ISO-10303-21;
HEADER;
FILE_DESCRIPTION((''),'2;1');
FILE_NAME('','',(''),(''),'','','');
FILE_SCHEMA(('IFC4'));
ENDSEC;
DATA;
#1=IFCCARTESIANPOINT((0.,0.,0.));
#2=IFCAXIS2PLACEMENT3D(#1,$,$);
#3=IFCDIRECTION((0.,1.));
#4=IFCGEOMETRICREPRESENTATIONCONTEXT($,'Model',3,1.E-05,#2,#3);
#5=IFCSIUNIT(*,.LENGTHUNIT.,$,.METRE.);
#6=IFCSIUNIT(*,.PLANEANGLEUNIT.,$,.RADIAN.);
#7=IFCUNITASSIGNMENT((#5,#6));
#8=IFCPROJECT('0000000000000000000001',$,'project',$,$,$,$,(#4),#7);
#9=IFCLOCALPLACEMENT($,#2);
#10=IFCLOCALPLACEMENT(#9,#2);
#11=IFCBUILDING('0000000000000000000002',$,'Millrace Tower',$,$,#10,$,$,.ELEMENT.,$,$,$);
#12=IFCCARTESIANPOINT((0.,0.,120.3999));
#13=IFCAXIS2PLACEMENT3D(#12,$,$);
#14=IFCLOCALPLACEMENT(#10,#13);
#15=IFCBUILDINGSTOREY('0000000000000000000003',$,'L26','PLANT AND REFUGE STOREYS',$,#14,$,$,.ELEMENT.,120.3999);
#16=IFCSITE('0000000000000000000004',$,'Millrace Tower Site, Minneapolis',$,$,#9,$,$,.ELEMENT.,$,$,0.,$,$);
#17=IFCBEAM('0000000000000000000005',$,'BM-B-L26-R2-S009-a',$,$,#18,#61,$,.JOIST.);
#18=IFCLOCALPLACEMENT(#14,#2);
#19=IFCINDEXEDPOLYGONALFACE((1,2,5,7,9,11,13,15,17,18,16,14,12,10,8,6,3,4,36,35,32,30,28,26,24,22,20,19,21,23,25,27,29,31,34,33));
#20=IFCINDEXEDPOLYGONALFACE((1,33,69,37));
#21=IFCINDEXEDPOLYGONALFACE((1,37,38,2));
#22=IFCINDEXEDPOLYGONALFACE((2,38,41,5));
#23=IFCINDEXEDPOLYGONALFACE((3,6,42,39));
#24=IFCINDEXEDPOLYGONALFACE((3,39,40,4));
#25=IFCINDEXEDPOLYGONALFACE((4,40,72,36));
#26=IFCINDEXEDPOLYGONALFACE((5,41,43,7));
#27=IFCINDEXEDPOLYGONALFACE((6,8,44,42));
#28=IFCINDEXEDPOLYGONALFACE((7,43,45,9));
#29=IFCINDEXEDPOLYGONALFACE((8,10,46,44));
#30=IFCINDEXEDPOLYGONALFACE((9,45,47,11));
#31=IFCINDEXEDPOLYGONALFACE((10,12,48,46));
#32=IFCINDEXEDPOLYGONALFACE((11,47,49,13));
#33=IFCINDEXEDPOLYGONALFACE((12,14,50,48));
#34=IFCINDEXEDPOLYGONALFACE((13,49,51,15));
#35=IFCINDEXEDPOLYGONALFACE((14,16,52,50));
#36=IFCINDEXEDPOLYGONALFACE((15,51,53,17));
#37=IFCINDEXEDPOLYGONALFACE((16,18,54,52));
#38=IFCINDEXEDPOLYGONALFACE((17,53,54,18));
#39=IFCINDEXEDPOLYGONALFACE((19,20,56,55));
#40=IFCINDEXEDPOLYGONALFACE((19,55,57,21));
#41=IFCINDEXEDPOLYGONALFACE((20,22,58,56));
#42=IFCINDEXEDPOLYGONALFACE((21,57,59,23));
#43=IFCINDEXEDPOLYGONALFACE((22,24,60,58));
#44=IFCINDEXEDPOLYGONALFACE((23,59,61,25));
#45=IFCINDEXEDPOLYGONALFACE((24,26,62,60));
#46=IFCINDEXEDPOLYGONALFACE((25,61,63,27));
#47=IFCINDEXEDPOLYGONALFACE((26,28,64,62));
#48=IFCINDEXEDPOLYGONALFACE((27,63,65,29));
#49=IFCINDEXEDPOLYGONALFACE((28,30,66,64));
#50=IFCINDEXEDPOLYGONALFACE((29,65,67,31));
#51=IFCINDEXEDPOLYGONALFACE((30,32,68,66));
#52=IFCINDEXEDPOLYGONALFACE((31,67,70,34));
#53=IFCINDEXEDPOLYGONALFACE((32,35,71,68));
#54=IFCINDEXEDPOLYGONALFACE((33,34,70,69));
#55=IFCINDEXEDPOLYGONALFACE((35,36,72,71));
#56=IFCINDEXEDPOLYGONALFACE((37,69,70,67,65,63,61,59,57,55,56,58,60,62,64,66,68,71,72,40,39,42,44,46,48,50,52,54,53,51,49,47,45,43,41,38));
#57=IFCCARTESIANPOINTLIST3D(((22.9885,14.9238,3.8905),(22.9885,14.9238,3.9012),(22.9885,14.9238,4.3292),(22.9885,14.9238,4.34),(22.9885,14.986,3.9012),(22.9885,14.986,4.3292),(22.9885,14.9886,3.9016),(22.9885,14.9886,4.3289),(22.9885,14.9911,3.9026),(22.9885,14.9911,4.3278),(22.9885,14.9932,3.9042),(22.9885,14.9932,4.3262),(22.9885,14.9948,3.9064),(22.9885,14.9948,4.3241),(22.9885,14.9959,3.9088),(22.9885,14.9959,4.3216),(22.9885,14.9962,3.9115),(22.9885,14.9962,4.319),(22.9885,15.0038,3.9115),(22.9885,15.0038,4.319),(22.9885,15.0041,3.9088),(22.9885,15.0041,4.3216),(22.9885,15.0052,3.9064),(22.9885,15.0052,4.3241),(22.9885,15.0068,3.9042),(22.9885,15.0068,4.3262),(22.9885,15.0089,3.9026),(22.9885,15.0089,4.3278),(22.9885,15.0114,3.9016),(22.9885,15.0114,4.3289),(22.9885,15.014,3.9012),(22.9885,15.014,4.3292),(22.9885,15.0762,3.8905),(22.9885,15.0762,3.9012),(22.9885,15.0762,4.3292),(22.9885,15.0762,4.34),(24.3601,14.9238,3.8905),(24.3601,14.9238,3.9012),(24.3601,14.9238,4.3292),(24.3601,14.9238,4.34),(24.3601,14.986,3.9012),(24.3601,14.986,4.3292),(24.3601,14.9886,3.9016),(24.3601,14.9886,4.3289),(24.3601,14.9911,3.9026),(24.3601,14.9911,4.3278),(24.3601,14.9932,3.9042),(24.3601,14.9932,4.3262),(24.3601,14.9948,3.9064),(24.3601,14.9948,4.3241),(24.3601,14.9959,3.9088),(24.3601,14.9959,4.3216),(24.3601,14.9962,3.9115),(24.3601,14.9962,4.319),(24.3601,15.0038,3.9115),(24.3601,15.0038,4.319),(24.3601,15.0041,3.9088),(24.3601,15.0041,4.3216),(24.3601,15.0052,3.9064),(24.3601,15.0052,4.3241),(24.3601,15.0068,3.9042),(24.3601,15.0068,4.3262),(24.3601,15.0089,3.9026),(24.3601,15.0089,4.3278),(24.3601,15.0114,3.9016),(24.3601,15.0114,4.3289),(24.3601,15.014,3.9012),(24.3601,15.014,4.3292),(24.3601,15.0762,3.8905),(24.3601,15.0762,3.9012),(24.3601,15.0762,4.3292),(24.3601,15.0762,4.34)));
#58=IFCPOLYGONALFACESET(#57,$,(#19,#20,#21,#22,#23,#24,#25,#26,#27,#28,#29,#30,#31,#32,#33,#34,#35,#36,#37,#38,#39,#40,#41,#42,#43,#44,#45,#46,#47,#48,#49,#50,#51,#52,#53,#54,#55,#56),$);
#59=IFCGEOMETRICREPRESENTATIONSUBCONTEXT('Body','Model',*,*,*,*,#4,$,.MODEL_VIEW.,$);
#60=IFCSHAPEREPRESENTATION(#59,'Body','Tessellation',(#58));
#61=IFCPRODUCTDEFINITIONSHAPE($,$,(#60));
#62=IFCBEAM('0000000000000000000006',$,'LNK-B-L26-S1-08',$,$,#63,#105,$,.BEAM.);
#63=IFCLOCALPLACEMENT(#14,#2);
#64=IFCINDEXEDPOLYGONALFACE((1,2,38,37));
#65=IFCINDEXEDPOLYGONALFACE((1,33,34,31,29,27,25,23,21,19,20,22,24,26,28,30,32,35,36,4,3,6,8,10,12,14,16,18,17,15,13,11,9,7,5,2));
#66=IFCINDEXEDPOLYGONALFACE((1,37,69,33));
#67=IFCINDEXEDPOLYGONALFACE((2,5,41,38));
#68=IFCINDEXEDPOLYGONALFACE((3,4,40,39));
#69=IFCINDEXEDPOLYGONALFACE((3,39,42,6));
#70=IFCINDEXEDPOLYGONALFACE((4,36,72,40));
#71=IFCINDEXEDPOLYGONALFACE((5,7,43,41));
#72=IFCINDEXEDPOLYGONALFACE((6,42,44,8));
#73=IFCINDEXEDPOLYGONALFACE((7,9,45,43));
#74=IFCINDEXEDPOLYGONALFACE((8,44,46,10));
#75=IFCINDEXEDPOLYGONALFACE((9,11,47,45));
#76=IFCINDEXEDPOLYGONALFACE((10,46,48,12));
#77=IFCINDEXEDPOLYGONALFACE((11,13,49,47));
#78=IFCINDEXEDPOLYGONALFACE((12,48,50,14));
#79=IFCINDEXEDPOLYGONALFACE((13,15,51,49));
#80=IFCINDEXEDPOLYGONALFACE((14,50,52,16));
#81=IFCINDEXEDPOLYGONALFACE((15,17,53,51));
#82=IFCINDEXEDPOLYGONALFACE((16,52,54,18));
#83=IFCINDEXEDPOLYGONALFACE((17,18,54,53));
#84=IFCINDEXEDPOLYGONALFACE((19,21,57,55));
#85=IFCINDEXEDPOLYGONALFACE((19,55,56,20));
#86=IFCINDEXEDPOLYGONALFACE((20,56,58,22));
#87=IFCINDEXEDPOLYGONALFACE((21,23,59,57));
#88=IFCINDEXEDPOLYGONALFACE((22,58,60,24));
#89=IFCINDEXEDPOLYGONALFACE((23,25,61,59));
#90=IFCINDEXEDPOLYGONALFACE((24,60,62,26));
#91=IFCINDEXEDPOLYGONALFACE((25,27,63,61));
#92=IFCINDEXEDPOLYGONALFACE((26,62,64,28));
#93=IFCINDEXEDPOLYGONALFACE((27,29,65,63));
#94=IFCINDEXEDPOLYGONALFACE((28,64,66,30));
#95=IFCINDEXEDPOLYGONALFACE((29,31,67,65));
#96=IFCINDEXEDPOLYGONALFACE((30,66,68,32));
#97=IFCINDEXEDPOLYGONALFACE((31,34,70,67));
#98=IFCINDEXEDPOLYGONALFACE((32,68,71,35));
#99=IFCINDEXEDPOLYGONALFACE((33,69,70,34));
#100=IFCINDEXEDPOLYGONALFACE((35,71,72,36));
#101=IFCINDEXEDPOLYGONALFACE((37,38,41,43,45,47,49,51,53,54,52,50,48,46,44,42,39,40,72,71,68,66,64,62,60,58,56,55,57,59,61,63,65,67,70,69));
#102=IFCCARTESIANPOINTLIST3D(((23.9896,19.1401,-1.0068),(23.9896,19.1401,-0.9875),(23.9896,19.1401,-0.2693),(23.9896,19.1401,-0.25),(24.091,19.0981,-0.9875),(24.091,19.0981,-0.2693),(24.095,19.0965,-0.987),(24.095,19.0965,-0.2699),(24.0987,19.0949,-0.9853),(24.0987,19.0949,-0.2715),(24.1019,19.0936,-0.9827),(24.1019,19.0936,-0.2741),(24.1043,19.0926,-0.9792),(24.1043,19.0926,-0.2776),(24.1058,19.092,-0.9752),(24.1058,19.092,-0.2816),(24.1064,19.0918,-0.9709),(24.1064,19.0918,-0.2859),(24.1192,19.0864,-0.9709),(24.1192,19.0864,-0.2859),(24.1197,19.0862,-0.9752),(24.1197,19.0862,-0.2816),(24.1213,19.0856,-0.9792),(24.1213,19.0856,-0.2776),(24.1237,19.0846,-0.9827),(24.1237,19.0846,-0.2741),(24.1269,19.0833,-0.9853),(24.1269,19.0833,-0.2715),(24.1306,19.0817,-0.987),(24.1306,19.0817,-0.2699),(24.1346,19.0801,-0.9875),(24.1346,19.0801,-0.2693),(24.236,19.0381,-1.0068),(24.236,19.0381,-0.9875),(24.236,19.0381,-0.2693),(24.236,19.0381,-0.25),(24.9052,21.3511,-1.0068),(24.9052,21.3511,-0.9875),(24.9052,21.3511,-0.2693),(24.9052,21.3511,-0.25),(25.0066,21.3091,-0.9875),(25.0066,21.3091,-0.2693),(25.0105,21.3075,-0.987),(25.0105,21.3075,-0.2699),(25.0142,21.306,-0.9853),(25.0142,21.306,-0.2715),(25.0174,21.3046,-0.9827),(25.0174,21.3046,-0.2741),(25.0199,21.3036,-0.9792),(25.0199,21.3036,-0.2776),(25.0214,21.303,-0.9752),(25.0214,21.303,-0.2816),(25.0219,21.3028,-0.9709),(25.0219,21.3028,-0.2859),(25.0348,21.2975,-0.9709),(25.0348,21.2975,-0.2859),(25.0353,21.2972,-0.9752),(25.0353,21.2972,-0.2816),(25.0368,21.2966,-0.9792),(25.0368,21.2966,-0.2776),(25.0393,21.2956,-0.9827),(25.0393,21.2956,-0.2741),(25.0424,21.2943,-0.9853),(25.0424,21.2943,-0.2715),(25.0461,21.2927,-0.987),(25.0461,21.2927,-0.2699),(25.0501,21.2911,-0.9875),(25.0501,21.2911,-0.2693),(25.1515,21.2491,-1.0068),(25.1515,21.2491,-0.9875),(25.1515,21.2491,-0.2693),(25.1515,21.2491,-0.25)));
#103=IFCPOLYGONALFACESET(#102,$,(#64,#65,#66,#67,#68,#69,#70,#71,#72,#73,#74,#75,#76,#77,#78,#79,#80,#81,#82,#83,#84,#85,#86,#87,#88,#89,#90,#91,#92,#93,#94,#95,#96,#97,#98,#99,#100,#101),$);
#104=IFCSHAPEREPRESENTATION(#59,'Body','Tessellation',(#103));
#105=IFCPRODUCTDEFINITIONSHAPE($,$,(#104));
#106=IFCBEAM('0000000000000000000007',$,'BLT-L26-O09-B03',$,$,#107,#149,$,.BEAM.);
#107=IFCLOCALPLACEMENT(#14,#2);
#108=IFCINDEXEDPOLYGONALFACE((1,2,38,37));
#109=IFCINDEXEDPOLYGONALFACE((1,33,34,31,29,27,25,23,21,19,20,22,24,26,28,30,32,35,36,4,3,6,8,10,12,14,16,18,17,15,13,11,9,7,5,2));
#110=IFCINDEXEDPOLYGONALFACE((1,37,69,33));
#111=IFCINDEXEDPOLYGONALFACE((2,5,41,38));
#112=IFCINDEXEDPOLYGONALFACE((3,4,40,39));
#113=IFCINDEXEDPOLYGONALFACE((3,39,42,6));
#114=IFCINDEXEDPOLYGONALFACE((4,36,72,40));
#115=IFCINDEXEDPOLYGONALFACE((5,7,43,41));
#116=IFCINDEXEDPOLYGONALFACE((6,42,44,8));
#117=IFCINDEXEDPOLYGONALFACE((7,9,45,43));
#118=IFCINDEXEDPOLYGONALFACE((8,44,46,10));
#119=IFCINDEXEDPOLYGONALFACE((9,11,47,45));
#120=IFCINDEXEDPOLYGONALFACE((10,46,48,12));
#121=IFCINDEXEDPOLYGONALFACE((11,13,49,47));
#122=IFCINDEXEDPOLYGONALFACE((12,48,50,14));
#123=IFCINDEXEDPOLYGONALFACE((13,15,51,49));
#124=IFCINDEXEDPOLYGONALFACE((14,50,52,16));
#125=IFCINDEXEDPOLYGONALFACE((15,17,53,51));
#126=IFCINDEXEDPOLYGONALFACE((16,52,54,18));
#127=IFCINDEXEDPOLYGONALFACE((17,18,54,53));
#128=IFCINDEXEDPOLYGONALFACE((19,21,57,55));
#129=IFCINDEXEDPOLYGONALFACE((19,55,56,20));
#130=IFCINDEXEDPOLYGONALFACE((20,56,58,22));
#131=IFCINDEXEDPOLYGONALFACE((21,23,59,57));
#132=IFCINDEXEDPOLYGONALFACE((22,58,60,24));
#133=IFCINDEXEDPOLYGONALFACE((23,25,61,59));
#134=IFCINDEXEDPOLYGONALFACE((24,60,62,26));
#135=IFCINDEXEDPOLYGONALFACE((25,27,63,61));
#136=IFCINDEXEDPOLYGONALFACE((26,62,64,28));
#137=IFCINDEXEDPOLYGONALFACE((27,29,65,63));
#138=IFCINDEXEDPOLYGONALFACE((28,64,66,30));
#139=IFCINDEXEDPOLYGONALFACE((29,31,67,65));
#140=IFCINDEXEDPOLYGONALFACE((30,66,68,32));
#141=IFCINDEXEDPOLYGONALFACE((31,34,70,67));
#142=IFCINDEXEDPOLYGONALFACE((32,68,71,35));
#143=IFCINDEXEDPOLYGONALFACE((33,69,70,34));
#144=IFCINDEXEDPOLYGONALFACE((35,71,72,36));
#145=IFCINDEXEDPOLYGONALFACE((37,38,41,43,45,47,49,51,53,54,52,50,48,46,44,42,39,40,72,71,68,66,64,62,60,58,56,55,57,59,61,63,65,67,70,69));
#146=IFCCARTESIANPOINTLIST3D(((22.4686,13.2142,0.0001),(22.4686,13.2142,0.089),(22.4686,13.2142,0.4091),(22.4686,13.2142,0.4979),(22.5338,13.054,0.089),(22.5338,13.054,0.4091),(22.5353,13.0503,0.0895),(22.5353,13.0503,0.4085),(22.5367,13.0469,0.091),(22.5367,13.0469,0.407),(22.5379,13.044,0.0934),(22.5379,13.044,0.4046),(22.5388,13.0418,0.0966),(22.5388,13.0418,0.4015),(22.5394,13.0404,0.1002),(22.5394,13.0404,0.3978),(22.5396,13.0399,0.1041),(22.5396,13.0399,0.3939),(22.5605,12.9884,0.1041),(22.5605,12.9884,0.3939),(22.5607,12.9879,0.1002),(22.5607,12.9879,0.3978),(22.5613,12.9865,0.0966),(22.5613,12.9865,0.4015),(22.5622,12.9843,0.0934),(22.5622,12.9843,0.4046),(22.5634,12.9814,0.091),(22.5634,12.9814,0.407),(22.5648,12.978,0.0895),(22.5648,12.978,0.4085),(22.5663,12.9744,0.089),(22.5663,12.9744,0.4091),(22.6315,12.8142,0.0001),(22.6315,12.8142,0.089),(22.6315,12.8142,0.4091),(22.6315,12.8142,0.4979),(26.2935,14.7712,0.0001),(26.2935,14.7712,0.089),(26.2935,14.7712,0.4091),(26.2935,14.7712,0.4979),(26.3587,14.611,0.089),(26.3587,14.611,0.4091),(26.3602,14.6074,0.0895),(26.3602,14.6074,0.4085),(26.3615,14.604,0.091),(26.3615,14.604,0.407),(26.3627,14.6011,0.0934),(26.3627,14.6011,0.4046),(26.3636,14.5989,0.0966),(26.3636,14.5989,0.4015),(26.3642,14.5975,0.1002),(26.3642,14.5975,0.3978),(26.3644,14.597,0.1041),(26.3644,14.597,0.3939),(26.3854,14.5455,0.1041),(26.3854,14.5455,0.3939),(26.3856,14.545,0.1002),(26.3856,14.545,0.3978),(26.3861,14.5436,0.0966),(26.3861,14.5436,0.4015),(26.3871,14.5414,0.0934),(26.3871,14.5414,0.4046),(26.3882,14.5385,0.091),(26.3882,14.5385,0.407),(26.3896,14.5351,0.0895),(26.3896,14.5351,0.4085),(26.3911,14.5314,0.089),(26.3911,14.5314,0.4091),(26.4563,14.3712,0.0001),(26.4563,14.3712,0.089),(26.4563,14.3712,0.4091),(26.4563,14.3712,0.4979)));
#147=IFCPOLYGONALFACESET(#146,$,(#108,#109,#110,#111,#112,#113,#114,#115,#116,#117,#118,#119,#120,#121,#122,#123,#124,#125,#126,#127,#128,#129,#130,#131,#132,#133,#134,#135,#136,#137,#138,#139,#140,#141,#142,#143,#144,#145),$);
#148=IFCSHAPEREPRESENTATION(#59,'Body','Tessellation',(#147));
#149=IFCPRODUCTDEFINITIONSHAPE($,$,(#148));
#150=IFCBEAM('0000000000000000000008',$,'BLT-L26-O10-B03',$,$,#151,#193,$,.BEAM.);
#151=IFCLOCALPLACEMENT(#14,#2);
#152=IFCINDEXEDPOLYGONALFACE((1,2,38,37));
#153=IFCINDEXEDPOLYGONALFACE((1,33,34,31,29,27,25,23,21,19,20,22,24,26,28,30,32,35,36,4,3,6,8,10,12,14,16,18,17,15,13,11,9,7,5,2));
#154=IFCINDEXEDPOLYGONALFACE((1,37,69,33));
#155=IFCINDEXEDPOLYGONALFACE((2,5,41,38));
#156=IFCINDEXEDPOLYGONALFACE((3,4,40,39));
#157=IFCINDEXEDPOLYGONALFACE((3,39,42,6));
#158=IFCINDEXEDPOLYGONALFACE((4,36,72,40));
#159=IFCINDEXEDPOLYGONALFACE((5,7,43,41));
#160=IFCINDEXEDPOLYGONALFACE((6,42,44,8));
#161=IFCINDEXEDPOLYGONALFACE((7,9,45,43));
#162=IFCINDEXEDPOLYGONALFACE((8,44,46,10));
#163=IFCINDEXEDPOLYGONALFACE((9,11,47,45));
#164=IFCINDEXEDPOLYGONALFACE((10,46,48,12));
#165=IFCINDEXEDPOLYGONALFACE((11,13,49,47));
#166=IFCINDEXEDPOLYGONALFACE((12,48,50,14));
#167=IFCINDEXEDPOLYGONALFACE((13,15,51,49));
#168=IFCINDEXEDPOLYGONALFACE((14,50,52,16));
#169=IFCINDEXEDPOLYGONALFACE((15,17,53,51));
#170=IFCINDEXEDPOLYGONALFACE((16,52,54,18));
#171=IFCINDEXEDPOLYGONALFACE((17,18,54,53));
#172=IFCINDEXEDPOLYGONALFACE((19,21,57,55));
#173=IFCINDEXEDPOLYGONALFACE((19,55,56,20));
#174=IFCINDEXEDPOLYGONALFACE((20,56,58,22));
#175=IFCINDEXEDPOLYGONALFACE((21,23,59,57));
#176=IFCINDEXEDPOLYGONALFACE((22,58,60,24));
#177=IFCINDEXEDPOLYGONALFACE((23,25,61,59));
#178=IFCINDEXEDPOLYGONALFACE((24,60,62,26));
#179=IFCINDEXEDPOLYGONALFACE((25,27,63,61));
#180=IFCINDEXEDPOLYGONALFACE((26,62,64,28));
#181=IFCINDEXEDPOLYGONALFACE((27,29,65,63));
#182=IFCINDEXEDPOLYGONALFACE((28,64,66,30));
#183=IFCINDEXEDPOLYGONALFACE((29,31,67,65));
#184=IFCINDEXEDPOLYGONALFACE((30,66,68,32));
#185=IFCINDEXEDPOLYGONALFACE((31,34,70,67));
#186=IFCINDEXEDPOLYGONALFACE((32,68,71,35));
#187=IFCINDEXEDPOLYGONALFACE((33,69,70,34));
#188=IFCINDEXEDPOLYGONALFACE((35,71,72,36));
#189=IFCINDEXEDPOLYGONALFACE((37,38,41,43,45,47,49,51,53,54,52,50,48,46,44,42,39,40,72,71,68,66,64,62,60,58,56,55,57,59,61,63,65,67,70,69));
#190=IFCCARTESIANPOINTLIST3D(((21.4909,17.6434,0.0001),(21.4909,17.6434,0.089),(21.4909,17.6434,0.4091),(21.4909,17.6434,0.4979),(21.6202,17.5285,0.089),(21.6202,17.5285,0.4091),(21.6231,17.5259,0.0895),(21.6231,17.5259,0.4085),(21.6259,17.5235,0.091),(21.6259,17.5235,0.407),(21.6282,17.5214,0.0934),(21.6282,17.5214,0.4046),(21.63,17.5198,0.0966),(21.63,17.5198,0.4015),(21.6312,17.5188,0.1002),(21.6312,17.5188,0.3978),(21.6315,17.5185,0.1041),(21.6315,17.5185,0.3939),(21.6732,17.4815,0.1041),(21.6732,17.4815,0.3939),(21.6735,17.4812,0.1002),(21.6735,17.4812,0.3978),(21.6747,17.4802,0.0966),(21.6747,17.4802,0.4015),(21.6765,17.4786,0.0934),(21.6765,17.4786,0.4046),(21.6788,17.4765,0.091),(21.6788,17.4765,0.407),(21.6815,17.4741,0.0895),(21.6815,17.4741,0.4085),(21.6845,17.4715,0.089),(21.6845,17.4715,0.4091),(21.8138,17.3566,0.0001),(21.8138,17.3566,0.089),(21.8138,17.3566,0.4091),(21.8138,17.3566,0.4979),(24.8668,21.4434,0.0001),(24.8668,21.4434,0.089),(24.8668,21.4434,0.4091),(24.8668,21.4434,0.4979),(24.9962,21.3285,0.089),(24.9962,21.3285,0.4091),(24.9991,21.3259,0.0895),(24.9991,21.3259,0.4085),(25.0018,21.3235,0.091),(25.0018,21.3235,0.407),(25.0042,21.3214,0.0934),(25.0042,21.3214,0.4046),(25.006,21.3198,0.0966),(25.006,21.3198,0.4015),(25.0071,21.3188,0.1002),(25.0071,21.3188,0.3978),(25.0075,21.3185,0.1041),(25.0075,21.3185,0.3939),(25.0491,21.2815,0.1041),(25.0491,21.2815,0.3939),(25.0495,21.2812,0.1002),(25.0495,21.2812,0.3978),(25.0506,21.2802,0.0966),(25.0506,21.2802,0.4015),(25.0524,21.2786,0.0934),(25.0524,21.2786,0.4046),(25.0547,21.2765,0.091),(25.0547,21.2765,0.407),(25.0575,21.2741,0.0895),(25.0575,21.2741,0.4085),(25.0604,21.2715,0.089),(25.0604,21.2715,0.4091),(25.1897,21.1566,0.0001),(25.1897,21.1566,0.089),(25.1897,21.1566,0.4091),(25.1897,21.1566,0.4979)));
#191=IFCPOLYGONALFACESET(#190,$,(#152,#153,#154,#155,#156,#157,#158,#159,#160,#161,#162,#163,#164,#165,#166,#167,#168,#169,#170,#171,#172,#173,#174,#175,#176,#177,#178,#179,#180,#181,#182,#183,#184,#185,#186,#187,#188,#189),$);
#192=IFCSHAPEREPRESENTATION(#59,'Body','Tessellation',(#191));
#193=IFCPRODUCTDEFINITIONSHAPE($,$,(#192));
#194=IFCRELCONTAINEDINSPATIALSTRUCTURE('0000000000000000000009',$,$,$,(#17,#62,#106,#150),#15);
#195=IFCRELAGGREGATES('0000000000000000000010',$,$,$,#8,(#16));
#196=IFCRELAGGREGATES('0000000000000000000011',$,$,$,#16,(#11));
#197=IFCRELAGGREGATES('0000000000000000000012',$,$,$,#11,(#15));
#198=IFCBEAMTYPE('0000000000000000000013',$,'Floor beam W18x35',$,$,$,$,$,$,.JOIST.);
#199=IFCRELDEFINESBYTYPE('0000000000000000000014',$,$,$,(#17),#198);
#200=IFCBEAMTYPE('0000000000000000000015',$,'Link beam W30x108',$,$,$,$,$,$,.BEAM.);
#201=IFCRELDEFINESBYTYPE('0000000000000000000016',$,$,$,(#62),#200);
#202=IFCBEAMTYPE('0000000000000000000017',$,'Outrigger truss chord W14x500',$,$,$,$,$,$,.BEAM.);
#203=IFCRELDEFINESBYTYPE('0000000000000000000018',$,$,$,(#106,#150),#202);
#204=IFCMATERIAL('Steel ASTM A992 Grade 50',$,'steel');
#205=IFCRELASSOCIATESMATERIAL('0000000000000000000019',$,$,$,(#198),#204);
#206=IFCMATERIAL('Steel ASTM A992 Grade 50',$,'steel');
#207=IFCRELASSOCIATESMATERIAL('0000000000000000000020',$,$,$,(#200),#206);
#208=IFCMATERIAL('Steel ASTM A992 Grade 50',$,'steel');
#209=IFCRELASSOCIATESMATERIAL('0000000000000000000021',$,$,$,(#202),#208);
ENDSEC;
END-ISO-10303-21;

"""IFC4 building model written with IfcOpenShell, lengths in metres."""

from ifc_helpers import new_model, si_unit, direction, frame, origin, origin_2d, place, context, subcontext, project, spatial, i_section, extrude, material, material_profile, profile_set, type_object, element, save


model = new_model("IFC4")

# Units and contexts
model_context = context("Model", 3, precision=1e-05, world=origin(), true_north=direction((0.0, 1.0)))
body_context = subcontext(model_context, "Body", "Model", "MODEL_VIEW")
ifc_project = project(units=[si_unit("LENGTHUNIT", "METRE"), si_unit("PLANEANGLEUNIT", "RADIAN")], contexts=[model_context])

# Site, building, storey
site_placement = place(None, origin())
site = spatial("IfcSite", under=ifc_project, at=site_placement, Name="Millrace Tower Site, Minneapolis", CompositionType="ELEMENT", RefElevation=0.0)
building_placement = place(site_placement, origin())
building = spatial("IfcBuilding", under=site, at=building_placement, Name="Millrace Tower", CompositionType="ELEMENT")
storey_placement = place(building_placement, frame((0.0, 0.0, 120.3999)))
storey = spatial("IfcBuildingStorey", under=building, at=storey_placement, Name="L26", Description="PLANT AND REFUGE STOREYS", CompositionType="ELEMENT", Elevation=120.3999)

# Beams
ifc_material_1 = material(Name="Steel ASTM A992 Grade 50", Category="steel")
ifc_material_profile_1 = material_profile(ifc_material_1, i_section(OverallWidth=0.1523, OverallDepth=0.4495, WebThickness=0.0076, FlangeThickness=0.0107, FilletRadius=0.0103, at=origin_2d()))
ifc_profile_set_1 = profile_set([ifc_material_profile_1], Name="Steel ASTM A992 Grade 50")
beam_type_1 = type_object("IfcBeamType", Name="Floor beam W18x35", PredefinedType="JOIST", material=ifc_profile_set_1)
beam_1_placement = place(storey_placement, frame((22.9885, 15.0, 4.1152), z_axis=(1.0, 0.0, 0.0), x_axis=(0.0, 1.0, 0.0)))
element("IfcBeam", 1, at=beam_1_placement, inside=storey, type_object=beam_type_1, Name="BM-B-L26-R2-S009-a", PredefinedType="JOIST", context=body_context, shape_type="SweptSolid", body=[
    extrude(i_section(OverallWidth=0.1523, OverallDepth=0.4495, WebThickness=0.0076, FlangeThickness=0.0107, FilletRadius=0.0103, at=origin_2d()), origin(), (0.0, 0.0, 1.0), 1.3716),
])
ifc_material_2 = material(Name="Steel ASTM A992 Grade 50", Category="steel")
ifc_material_profile_2 = material_profile(ifc_material_2, i_section(OverallWidth=0.2666, OverallDepth=0.7568, WebThickness=0.0139, FlangeThickness=0.0193, FilletRadius=0.0166, at=origin_2d()))
ifc_profile_set_2 = profile_set([ifc_material_profile_2], Name="Steel ASTM A992 Grade 50")
beam_type_2 = type_object("IfcBeamType", Name="Link beam W30x108", PredefinedType="BEAM", material=ifc_profile_set_2)
beam_2_placement = place(storey_placement, frame((24.1128, 19.0891, -0.6284), z_axis=(0.382586, 0.92392, 0.0), x_axis=(-0.92392, 0.382586, 0.0)))
element("IfcBeam", 2, at=beam_2_placement, inside=storey, type_object=beam_type_2, Name="LNK-B-L26-S1-08", PredefinedType="BEAM", context=body_context, shape_type="SweptSolid", body=[
    extrude(i_section(OverallWidth=0.2666, OverallDepth=0.7568, WebThickness=0.0139, FlangeThickness=0.0193, FilletRadius=0.0166, at=origin_2d()), origin(), (0.0, 0.0, 1.0), 2.3931),
])
ifc_material_3 = material(Name="Steel ASTM A992 Grade 50", Category="steel")
ifc_material_profile_3 = material_profile(ifc_material_3, i_section(OverallWidth=0.4319, OverallDepth=0.4978, WebThickness=0.0557, FlangeThickness=0.0889, FilletRadius=0.0151, at=origin_2d()))
ifc_profile_set_3 = profile_set([ifc_material_profile_3], Name="Steel ASTM A992 Grade 50")
beam_type_3 = type_object("IfcBeamType", Name="Outrigger truss chord W14x500", PredefinedType="BEAM", material=ifc_profile_set_3)
beam_3_placement = place(storey_placement, frame((22.55, 13.0142, 0.249), z_axis=(0.926193, 0.377051, 0.0), x_axis=(-0.377051, 0.926193, 0.0)))
element("IfcBeam", 3, at=beam_3_placement, inside=storey, type_object=beam_type_3, Name="BLT-L26-O09-B03", PredefinedType="BEAM", context=body_context, shape_type="SweptSolid", body=[
    extrude(i_section(OverallWidth=0.4319, OverallDepth=0.4978, WebThickness=0.0557, FlangeThickness=0.0889, FilletRadius=0.0151, at=origin_2d()), origin(), (0.0, 0.0, 1.0), 4.1296),
])
beam_4_placement = place(storey_placement, frame((21.6523, 17.5, 0.249), z_axis=(0.664161, 0.747589, 0.0), x_axis=(-0.747589, 0.664161, 0.0)))
element("IfcBeam", 4, at=beam_4_placement, inside=storey, type_object=beam_type_3, Name="BLT-L26-O10-B03", PredefinedType="BEAM", context=body_context, shape_type="SweptSolid", body=[
    extrude(i_section(OverallWidth=0.4319, OverallDepth=0.4978, WebThickness=0.0557, FlangeThickness=0.0889, FilletRadius=0.0151, at=origin_2d()), origin(), (0.0, 0.0, 1.0), 5.083),
])

save(model, "model.ifc")
